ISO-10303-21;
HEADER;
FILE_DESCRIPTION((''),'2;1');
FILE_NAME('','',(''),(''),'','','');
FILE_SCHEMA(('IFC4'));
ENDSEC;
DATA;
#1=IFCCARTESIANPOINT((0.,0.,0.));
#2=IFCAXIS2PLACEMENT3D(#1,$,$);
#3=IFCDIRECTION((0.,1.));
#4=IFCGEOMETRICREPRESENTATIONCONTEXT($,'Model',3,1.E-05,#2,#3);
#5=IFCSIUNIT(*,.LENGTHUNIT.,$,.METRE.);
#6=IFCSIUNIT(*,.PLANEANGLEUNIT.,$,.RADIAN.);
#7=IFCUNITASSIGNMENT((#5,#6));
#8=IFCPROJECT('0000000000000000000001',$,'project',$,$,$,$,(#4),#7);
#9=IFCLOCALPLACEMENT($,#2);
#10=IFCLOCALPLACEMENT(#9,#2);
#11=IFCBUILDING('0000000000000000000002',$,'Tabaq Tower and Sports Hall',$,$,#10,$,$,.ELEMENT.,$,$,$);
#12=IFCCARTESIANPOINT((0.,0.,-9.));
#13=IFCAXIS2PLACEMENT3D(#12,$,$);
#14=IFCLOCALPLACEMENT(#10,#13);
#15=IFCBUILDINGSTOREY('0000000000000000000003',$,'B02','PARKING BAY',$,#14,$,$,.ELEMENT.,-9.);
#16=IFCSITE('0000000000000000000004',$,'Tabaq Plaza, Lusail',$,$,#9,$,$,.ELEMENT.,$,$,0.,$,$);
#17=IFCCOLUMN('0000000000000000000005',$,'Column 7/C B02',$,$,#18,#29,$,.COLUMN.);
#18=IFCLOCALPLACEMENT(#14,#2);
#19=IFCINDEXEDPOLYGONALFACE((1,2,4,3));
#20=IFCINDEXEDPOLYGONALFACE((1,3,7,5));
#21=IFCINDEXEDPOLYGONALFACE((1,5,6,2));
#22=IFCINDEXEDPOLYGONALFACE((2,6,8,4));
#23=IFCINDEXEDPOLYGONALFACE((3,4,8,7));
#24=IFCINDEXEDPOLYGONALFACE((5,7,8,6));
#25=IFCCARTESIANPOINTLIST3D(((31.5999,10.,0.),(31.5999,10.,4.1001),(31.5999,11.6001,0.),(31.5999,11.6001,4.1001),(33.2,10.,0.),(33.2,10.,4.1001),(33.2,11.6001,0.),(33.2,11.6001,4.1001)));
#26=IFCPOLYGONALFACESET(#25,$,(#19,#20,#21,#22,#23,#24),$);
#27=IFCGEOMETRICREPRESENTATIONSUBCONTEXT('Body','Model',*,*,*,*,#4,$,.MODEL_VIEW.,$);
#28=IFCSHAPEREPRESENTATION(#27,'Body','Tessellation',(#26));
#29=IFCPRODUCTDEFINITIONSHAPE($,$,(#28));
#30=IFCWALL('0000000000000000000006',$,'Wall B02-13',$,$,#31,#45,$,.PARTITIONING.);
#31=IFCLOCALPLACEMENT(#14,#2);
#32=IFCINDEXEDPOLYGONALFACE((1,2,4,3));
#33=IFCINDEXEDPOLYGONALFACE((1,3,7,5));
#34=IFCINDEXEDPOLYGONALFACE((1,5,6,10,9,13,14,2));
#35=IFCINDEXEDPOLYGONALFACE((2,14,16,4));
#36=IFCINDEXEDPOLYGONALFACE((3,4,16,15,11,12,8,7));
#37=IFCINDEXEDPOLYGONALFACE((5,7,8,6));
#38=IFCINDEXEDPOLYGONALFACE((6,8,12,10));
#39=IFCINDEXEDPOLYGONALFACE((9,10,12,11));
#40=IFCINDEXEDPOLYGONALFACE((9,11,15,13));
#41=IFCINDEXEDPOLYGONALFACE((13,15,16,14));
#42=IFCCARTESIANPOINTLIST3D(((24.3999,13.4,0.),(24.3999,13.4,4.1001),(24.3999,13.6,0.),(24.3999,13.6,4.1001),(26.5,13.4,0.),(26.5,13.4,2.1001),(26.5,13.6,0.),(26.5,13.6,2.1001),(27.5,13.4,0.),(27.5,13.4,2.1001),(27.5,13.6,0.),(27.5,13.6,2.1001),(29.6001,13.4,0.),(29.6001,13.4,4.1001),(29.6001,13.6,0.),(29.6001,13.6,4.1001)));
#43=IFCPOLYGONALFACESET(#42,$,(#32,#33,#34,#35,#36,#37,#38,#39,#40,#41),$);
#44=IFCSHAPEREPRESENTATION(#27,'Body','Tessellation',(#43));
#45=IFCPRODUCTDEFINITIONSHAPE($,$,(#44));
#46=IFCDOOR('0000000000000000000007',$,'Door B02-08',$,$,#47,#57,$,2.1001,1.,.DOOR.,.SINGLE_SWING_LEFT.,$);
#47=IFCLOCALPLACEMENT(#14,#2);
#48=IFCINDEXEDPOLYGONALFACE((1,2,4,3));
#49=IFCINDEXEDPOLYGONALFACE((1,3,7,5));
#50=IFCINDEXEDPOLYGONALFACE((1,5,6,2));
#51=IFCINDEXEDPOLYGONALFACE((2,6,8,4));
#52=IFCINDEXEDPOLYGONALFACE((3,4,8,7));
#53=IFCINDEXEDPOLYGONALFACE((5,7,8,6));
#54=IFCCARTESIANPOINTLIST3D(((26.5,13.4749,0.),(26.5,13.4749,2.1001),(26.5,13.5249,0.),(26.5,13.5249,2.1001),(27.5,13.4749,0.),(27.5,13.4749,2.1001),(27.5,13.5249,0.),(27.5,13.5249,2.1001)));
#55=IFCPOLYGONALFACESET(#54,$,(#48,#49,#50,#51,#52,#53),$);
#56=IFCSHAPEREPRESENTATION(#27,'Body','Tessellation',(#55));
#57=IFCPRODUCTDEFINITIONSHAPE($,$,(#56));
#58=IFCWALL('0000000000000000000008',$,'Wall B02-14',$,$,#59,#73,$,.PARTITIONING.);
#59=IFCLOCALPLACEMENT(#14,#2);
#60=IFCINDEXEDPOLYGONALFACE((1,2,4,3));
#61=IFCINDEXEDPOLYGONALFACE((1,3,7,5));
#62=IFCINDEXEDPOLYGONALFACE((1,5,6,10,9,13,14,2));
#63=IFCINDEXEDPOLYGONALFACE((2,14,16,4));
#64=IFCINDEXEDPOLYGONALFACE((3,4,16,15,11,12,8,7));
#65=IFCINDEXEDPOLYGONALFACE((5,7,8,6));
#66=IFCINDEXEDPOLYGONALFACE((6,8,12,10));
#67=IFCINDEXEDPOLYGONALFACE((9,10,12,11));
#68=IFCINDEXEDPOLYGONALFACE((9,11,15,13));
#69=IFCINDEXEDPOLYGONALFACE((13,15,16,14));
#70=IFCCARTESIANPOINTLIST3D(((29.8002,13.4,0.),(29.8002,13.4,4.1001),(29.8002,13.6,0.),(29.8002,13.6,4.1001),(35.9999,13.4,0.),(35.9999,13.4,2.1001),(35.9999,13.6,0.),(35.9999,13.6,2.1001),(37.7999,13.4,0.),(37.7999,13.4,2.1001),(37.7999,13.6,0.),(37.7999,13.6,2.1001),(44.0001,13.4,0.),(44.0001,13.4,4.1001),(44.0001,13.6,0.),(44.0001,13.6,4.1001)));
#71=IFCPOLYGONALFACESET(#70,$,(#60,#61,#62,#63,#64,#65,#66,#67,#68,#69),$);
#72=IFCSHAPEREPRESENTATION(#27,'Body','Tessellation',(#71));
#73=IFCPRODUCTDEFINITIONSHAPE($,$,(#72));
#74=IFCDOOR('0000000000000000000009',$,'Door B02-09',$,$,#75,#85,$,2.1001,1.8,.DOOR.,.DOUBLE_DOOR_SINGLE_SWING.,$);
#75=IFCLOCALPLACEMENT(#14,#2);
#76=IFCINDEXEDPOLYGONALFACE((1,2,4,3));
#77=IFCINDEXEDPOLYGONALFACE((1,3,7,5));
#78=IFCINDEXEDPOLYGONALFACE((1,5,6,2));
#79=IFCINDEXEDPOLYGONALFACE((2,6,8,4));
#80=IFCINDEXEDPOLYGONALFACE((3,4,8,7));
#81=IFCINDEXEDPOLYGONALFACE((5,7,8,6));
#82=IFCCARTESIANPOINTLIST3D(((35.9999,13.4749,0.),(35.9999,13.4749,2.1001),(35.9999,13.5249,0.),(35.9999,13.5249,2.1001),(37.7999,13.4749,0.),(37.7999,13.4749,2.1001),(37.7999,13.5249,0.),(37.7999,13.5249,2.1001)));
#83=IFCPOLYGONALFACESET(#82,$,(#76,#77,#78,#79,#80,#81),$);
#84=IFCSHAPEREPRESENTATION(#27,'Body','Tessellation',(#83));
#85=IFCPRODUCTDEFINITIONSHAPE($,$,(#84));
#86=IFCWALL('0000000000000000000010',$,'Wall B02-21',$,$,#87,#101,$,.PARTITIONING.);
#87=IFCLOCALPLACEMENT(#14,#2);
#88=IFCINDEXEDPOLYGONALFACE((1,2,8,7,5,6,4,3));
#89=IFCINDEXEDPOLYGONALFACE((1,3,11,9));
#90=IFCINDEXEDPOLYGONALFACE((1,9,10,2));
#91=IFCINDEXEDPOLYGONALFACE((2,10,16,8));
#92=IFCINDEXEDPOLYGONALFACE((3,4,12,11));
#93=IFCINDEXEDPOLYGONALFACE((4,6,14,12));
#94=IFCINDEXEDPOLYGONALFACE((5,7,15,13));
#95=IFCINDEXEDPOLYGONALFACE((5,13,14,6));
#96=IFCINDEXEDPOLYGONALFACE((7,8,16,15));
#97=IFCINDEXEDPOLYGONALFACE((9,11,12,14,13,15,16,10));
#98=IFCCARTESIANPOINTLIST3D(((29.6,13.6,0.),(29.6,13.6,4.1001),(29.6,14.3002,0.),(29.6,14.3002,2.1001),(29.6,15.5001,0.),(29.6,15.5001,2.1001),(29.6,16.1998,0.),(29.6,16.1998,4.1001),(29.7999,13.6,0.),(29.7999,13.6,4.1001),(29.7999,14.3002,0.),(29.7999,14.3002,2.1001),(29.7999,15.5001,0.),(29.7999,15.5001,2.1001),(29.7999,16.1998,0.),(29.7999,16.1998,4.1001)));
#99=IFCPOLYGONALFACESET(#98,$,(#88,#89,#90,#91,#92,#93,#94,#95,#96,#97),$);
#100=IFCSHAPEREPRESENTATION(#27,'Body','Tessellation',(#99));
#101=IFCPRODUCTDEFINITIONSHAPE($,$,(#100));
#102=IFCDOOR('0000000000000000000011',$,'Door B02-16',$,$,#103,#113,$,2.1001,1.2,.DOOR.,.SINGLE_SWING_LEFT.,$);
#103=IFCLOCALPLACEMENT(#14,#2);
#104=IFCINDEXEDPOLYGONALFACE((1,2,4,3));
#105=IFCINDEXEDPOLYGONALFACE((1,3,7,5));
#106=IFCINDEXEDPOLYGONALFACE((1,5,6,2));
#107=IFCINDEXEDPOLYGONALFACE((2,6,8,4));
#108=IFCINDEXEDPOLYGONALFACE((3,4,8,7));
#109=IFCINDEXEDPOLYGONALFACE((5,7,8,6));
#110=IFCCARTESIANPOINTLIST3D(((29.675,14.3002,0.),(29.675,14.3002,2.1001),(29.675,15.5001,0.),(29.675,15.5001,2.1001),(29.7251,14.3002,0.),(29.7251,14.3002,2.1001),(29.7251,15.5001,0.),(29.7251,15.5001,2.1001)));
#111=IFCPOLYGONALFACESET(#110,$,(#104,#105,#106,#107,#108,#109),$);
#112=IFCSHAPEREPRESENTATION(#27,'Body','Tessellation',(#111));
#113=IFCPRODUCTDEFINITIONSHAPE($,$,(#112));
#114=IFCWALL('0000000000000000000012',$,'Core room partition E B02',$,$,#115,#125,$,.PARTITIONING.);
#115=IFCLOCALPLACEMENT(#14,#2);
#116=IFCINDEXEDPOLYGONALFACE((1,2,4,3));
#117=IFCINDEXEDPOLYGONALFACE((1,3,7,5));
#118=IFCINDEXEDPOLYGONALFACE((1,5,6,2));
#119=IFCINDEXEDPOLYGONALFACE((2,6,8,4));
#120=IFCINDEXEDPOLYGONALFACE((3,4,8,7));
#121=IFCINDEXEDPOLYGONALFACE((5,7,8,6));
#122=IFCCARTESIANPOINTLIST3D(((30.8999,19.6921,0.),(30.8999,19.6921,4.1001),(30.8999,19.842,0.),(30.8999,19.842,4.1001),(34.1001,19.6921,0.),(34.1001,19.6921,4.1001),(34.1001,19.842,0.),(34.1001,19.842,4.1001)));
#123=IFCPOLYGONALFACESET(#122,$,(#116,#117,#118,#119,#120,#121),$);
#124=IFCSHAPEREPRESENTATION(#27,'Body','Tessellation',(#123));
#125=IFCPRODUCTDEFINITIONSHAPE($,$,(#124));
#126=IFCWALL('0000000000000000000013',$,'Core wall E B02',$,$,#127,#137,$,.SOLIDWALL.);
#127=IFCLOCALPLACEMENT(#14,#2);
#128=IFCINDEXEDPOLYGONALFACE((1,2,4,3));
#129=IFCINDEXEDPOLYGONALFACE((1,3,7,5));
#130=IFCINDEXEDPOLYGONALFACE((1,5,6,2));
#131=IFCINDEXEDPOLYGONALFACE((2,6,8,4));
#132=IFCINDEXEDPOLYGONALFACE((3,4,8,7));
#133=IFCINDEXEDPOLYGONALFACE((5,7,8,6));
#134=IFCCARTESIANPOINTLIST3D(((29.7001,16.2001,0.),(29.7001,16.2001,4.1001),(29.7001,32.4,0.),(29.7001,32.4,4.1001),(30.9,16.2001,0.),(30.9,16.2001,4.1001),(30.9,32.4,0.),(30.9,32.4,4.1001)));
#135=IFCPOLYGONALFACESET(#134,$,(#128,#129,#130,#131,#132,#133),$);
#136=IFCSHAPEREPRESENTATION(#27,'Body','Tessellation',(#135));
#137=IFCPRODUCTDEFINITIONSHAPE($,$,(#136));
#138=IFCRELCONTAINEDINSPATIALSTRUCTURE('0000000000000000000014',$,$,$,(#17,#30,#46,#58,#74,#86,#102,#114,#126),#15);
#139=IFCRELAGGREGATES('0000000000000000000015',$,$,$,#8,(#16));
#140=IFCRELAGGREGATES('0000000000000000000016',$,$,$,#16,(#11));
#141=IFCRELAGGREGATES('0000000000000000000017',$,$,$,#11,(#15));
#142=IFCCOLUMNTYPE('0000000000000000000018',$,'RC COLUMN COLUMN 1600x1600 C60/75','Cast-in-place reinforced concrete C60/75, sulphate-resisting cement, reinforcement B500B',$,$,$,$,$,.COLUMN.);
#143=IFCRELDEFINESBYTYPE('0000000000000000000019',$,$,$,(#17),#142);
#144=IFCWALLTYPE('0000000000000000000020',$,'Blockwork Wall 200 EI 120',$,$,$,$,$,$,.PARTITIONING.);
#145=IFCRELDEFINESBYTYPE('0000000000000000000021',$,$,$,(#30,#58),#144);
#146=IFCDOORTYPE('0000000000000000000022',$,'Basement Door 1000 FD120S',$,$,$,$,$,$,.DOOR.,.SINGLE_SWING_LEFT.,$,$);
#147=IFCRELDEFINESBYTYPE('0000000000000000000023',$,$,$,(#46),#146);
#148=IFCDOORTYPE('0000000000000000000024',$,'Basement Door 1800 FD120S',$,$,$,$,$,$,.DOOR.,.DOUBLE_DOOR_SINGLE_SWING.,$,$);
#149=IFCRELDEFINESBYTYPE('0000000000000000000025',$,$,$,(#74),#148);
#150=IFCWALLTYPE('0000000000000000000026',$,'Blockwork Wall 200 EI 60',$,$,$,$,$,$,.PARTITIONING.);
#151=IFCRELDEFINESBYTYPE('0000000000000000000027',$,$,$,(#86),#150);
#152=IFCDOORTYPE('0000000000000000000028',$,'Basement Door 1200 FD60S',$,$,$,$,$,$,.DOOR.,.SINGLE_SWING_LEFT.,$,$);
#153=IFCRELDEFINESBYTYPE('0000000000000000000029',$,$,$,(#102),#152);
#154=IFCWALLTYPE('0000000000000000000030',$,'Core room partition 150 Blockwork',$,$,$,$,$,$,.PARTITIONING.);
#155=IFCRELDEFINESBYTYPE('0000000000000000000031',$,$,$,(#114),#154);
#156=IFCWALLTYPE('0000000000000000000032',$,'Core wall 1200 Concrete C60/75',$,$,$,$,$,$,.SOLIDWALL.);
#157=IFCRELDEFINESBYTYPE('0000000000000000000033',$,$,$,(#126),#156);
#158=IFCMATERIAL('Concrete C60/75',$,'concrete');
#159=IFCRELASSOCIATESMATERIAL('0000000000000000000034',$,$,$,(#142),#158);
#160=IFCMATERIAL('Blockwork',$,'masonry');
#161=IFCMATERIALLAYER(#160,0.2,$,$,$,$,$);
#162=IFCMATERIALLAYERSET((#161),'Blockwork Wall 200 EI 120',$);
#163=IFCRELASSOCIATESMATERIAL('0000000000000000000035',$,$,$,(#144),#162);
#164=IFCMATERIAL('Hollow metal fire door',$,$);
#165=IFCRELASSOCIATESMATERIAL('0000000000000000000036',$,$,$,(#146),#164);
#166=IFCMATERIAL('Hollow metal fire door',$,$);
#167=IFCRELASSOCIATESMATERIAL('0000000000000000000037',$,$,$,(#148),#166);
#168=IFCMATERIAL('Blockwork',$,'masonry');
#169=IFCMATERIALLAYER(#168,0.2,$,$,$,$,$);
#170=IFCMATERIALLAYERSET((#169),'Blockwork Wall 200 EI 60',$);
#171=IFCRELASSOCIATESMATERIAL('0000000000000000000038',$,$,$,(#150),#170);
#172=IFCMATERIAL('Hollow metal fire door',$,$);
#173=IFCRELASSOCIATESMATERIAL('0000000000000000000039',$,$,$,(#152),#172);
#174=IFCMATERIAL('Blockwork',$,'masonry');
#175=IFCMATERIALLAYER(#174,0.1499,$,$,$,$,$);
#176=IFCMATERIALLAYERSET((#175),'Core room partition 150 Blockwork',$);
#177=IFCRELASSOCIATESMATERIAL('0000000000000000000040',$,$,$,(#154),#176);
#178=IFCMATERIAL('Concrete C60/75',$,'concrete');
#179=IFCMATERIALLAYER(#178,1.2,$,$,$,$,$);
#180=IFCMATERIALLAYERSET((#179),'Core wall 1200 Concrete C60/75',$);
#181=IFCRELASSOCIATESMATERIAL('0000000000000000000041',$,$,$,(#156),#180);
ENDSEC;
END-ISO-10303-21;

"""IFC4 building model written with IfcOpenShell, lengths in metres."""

from ifc_helpers import new_model, si_unit, direction, frame, frame_2d, origin, origin_2d, place, context, subcontext, project, spatial, rectangle, extrude, material, layer, layer_set, material_profile, profile_set, type_object, element, fill, save


model = new_model("IFC4")

# Units and contexts
model_context = context("Model", 3, precision=1e-05, world=origin(), true_north=direction((0.0, 1.0)))
body_context = subcontext(model_context, "Body", "Model", "MODEL_VIEW")
ifc_project = project(units=[si_unit("LENGTHUNIT", "METRE"), si_unit("PLANEANGLEUNIT", "RADIAN")], contexts=[model_context])

# Site, building, storey
site_placement = place(None, origin())
site = spatial("IfcSite", under=ifc_project, at=site_placement, Name="Tabaq Plaza, Lusail", CompositionType="ELEMENT", RefElevation=0.0)
building_placement = place(site_placement, origin())
building = spatial("IfcBuilding", under=site, at=building_placement, Name="Tabaq Tower and Sports Hall", CompositionType="ELEMENT")
storey_placement = place(building_placement, frame((0.0, 0.0, -9.0)))
storey = spatial("IfcBuildingStorey", under=building, at=storey_placement, Name="B02", Description="PARKING BAY", CompositionType="ELEMENT", Elevation=-9.0)

# Column
ifc_material_1 = material(Name="Concrete C60/75", Category="concrete")
ifc_material_profile_1 = material_profile(ifc_material_1, rectangle(XDim=1.6001, YDim=1.6001, at=origin_2d()), Name="COLUMN 1600x1600")
ifc_profile_set_1 = profile_set([ifc_material_profile_1], Name="Concrete C60/75")
column_type_1 = type_object("IfcColumnType", Name="RC COLUMN COLUMN 1600x1600 C60/75", Description="Cast-in-place reinforced concrete C60/75, sulphate-resisting cement, reinforcement B500B", PredefinedType="COLUMN", material=ifc_profile_set_1)
column_placement = place(storey_placement, frame((32.3999, 10.8, 0.0), z_axis=(0.0, 0.0, 1.0), x_axis=(1.0, 0.0, 0.0)))
element("IfcColumn", 1, at=column_placement, inside=storey, type_object=column_type_1, Name="Column 7/C B02", PredefinedType="COLUMN", context=body_context, shape_type="SweptSolid", body=[
    extrude(rectangle(XDim=1.6001, YDim=1.6001, at=origin_2d()), origin(), (0.0, 0.0, 1.0), 4.1001),
])

# Walls, openings, doors
ifc_material_2 = material(Name="Blockwork", Category="masonry")
ifc_layer_1 = layer(ifc_material_2, 0.2)
ifc_layer_set_1 = layer_set([ifc_layer_1], Name="Blockwork Wall 200 EI 120")
wall_type_1 = type_object("IfcWallType", Name="Blockwork Wall 200 EI 120", PredefinedType="PARTITIONING", material=ifc_layer_set_1)
wall_1_placement = place(storey_placement, frame((24.3999, 13.5, 0.0), z_axis=(0.0, 0.0, 1.0), x_axis=(1.0, 0.0, 0.0)))
wall_1 = element("IfcWall", 2, at=wall_1_placement, inside=storey, type_object=wall_type_1, Name="Wall B02-13", PredefinedType="PARTITIONING", context=body_context, shape_type="SweptSolid", body=[
    extrude(rectangle(XDim=5.2002, YDim=0.2, at=frame_2d((2.6001, 0.0))), origin(), (0.0, 0.0, 1.0), 4.1001),
])
opening_1_placement = place(wall_1_placement, frame((2.1001, 0.0, 0.0)))
opening_1 = element("IfcOpeningElement", 3, at=opening_1_placement, cuts=wall_1, PredefinedType="OPENING", context=body_context, shape_type="SweptSolid", body=[
    extrude(rectangle(XDim=1.0, YDim=2.1001, at=frame_2d((0.5, 1.05))), frame((0.0, 0.1099, 0.0), z_axis=(0.0, -1.0, 0.0), x_axis=(1.0, 0.0, 0.0)), (0.0, 0.0, 1.0), 0.22),
])
ifc_material_3 = material(Name="Hollow metal fire door")
door_type_1 = type_object("IfcDoorType", Name="Basement Door 1000 FD120S", OperationType="SINGLE_SWING_LEFT", PredefinedType="DOOR", material=ifc_material_3)
door_1_placement = place(opening_1_placement, origin())
door_1 = element("IfcDoor", 4, at=door_1_placement, inside=storey, type_object=door_type_1, Name="Door B02-08", OperationType="SINGLE_SWING_LEFT", OverallHeight=2.1001, OverallWidth=1.0, PredefinedType="DOOR", context=body_context, shape_type="SweptSolid", body=[
    extrude(rectangle(XDim=1.0, YDim=2.1001, at=frame_2d((0.5, 1.05))), frame((0.0, 0.0249, 0.0), z_axis=(0.0, -1.0, 0.0), x_axis=(1.0, 0.0, 0.0)), (0.0, 0.0, 1.0), 0.05),
])
fill(opening_1, door_1)
wall_2_placement = place(storey_placement, frame((29.8, 13.5, 0.0), z_axis=(0.0, 0.0, 1.0), x_axis=(1.0, 0.0, 0.0)))
wall_2 = element("IfcWall", 5, at=wall_2_placement, inside=storey, type_object=wall_type_1, Name="Wall B02-14", PredefinedType="PARTITIONING", context=body_context, shape_type="SweptSolid", body=[
    extrude(rectangle(XDim=14.2, YDim=0.2, at=frame_2d((7.1001, 0.0))), origin(), (0.0, 0.0, 1.0), 4.1001),
])
opening_2_placement = place(wall_2_placement, frame((6.2, 0.0, 0.0)))
opening_2 = element("IfcOpeningElement", 6, at=opening_2_placement, cuts=wall_2, PredefinedType="OPENING", context=body_context, shape_type="SweptSolid", body=[
    extrude(rectangle(XDim=1.8, YDim=2.1001, at=frame_2d((0.8999, 1.05))), frame((0.0, 0.1099, 0.0), z_axis=(0.0, -1.0, 0.0), x_axis=(1.0, 0.0, 0.0)), (0.0, 0.0, 1.0), 0.22),
])
ifc_material_4 = material(Name="Hollow metal fire door")
door_type_2 = type_object("IfcDoorType", Name="Basement Door 1800 FD120S", OperationType="DOUBLE_DOOR_SINGLE_SWING", PredefinedType="DOOR", material=ifc_material_4)
door_2_placement = place(opening_2_placement, origin())
door_2 = element("IfcDoor", 7, at=door_2_placement, inside=storey, type_object=door_type_2, Name="Door B02-09", OperationType="DOUBLE_DOOR_SINGLE_SWING", OverallHeight=2.1001, OverallWidth=1.8, PredefinedType="DOOR", context=body_context, shape_type="SweptSolid", body=[
    extrude(rectangle(XDim=1.8, YDim=2.1001, at=frame_2d((0.8999, 1.05))), frame((0.0, 0.0249, 0.0), z_axis=(0.0, -1.0, 0.0), x_axis=(1.0, 0.0, 0.0)), (0.0, 0.0, 1.0), 0.05),
])
fill(opening_2, door_2)
ifc_material_5 = material(Name="Blockwork", Category="masonry")
ifc_layer_2 = layer(ifc_material_5, 0.2)
ifc_layer_set_2 = layer_set([ifc_layer_2], Name="Blockwork Wall 200 EI 60")
wall_type_2 = type_object("IfcWallType", Name="Blockwork Wall 200 EI 60", PredefinedType="PARTITIONING", material=ifc_layer_set_2)
wall_3_placement = place(storey_placement, frame((29.7, 13.6001, 0.0), z_axis=(0.0, 0.0, 1.0), x_axis=(0.0, 1.0, 0.0)))
wall_3 = element("IfcWall", 8, at=wall_3_placement, inside=storey, type_object=wall_type_2, Name="Wall B02-21", PredefinedType="PARTITIONING", context=body_context, shape_type="SweptSolid", body=[
    extrude(rectangle(XDim=2.5999, YDim=0.2, at=frame_2d((1.2998, 0.0))), origin(), (0.0, 0.0, 1.0), 4.1001),
])
opening_3_placement = place(wall_3_placement, frame((0.7, 0.0, 0.0)))
opening_3 = element("IfcOpeningElement", 9, at=opening_3_placement, cuts=wall_3, PredefinedType="OPENING", context=body_context, shape_type="SweptSolid", body=[
    extrude(rectangle(XDim=1.2, YDim=2.1001, at=frame_2d((0.6001, 1.05))), frame((0.0, 0.1099, 0.0), z_axis=(0.0, -1.0, 0.0), x_axis=(1.0, 0.0, 0.0)), (0.0, 0.0, 1.0), 0.22),
])
ifc_material_6 = material(Name="Hollow metal fire door")
door_type_3 = type_object("IfcDoorType", Name="Basement Door 1200 FD60S", OperationType="SINGLE_SWING_LEFT", PredefinedType="DOOR", material=ifc_material_6)
door_3_placement = place(opening_3_placement, origin())
door_3 = element("IfcDoor", 10, at=door_3_placement, inside=storey, type_object=door_type_3, Name="Door B02-16", OperationType="SINGLE_SWING_LEFT", OverallHeight=2.1001, OverallWidth=1.2, PredefinedType="DOOR", context=body_context, shape_type="SweptSolid", body=[
    extrude(rectangle(XDim=1.2, YDim=2.1001, at=frame_2d((0.6001, 1.05))), frame((0.0, 0.0249, 0.0), z_axis=(0.0, -1.0, 0.0), x_axis=(1.0, 0.0, 0.0)), (0.0, 0.0, 1.0), 0.05),
])
fill(opening_3, door_3)

# Walls
ifc_material_7 = material(Name="Blockwork", Category="masonry")
ifc_layer_3 = layer(ifc_material_7, 0.1499)
ifc_layer_set_3 = layer_set([ifc_layer_3], Name="Core room partition 150 Blockwork")
wall_type_3 = type_object("IfcWallType", Name="Core room partition 150 Blockwork", PredefinedType="PARTITIONING", material=ifc_layer_set_3)
wall_4_placement = place(storey_placement, frame((30.8999, 19.7671, 0.0), z_axis=(0.0, 0.0, 1.0), x_axis=(1.0, 0.0, 0.0)))
element("IfcWall", 11, at=wall_4_placement, inside=storey, type_object=wall_type_3, Name="Core room partition E B02", PredefinedType="PARTITIONING", context=body_context, shape_type="SweptSolid", body=[
    extrude(rectangle(XDim=3.2002, YDim=0.1499, at=frame_2d((1.6001, 0.0))), origin(), (0.0, 0.0, 1.0), 4.1001),
])
ifc_material_8 = material(Name="Concrete C60/75", Category="concrete")
ifc_layer_4 = layer(ifc_material_8, 1.2)
ifc_layer_set_4 = layer_set([ifc_layer_4], Name="Core wall 1200 Concrete C60/75")
wall_type_4 = type_object("IfcWallType", Name="Core wall 1200 Concrete C60/75", PredefinedType="SOLIDWALL", material=ifc_layer_set_4)
wall_5_placement = place(storey_placement, frame((30.3, 16.2, 0.0), z_axis=(0.0, 0.0, 1.0), x_axis=(0.0, 1.0, 0.0)))
element("IfcWall", 12, at=wall_5_placement, inside=storey, type_object=wall_type_4, Name="Core wall E B02", PredefinedType="SOLIDWALL", context=body_context, shape_type="SweptSolid", body=[
    extrude(rectangle(XDim=16.2, YDim=1.2, at=frame_2d((8.1001, 0.0))), origin(), (0.0, 0.0, 1.0), 4.1001),
])

save(model, "model.ifc")
